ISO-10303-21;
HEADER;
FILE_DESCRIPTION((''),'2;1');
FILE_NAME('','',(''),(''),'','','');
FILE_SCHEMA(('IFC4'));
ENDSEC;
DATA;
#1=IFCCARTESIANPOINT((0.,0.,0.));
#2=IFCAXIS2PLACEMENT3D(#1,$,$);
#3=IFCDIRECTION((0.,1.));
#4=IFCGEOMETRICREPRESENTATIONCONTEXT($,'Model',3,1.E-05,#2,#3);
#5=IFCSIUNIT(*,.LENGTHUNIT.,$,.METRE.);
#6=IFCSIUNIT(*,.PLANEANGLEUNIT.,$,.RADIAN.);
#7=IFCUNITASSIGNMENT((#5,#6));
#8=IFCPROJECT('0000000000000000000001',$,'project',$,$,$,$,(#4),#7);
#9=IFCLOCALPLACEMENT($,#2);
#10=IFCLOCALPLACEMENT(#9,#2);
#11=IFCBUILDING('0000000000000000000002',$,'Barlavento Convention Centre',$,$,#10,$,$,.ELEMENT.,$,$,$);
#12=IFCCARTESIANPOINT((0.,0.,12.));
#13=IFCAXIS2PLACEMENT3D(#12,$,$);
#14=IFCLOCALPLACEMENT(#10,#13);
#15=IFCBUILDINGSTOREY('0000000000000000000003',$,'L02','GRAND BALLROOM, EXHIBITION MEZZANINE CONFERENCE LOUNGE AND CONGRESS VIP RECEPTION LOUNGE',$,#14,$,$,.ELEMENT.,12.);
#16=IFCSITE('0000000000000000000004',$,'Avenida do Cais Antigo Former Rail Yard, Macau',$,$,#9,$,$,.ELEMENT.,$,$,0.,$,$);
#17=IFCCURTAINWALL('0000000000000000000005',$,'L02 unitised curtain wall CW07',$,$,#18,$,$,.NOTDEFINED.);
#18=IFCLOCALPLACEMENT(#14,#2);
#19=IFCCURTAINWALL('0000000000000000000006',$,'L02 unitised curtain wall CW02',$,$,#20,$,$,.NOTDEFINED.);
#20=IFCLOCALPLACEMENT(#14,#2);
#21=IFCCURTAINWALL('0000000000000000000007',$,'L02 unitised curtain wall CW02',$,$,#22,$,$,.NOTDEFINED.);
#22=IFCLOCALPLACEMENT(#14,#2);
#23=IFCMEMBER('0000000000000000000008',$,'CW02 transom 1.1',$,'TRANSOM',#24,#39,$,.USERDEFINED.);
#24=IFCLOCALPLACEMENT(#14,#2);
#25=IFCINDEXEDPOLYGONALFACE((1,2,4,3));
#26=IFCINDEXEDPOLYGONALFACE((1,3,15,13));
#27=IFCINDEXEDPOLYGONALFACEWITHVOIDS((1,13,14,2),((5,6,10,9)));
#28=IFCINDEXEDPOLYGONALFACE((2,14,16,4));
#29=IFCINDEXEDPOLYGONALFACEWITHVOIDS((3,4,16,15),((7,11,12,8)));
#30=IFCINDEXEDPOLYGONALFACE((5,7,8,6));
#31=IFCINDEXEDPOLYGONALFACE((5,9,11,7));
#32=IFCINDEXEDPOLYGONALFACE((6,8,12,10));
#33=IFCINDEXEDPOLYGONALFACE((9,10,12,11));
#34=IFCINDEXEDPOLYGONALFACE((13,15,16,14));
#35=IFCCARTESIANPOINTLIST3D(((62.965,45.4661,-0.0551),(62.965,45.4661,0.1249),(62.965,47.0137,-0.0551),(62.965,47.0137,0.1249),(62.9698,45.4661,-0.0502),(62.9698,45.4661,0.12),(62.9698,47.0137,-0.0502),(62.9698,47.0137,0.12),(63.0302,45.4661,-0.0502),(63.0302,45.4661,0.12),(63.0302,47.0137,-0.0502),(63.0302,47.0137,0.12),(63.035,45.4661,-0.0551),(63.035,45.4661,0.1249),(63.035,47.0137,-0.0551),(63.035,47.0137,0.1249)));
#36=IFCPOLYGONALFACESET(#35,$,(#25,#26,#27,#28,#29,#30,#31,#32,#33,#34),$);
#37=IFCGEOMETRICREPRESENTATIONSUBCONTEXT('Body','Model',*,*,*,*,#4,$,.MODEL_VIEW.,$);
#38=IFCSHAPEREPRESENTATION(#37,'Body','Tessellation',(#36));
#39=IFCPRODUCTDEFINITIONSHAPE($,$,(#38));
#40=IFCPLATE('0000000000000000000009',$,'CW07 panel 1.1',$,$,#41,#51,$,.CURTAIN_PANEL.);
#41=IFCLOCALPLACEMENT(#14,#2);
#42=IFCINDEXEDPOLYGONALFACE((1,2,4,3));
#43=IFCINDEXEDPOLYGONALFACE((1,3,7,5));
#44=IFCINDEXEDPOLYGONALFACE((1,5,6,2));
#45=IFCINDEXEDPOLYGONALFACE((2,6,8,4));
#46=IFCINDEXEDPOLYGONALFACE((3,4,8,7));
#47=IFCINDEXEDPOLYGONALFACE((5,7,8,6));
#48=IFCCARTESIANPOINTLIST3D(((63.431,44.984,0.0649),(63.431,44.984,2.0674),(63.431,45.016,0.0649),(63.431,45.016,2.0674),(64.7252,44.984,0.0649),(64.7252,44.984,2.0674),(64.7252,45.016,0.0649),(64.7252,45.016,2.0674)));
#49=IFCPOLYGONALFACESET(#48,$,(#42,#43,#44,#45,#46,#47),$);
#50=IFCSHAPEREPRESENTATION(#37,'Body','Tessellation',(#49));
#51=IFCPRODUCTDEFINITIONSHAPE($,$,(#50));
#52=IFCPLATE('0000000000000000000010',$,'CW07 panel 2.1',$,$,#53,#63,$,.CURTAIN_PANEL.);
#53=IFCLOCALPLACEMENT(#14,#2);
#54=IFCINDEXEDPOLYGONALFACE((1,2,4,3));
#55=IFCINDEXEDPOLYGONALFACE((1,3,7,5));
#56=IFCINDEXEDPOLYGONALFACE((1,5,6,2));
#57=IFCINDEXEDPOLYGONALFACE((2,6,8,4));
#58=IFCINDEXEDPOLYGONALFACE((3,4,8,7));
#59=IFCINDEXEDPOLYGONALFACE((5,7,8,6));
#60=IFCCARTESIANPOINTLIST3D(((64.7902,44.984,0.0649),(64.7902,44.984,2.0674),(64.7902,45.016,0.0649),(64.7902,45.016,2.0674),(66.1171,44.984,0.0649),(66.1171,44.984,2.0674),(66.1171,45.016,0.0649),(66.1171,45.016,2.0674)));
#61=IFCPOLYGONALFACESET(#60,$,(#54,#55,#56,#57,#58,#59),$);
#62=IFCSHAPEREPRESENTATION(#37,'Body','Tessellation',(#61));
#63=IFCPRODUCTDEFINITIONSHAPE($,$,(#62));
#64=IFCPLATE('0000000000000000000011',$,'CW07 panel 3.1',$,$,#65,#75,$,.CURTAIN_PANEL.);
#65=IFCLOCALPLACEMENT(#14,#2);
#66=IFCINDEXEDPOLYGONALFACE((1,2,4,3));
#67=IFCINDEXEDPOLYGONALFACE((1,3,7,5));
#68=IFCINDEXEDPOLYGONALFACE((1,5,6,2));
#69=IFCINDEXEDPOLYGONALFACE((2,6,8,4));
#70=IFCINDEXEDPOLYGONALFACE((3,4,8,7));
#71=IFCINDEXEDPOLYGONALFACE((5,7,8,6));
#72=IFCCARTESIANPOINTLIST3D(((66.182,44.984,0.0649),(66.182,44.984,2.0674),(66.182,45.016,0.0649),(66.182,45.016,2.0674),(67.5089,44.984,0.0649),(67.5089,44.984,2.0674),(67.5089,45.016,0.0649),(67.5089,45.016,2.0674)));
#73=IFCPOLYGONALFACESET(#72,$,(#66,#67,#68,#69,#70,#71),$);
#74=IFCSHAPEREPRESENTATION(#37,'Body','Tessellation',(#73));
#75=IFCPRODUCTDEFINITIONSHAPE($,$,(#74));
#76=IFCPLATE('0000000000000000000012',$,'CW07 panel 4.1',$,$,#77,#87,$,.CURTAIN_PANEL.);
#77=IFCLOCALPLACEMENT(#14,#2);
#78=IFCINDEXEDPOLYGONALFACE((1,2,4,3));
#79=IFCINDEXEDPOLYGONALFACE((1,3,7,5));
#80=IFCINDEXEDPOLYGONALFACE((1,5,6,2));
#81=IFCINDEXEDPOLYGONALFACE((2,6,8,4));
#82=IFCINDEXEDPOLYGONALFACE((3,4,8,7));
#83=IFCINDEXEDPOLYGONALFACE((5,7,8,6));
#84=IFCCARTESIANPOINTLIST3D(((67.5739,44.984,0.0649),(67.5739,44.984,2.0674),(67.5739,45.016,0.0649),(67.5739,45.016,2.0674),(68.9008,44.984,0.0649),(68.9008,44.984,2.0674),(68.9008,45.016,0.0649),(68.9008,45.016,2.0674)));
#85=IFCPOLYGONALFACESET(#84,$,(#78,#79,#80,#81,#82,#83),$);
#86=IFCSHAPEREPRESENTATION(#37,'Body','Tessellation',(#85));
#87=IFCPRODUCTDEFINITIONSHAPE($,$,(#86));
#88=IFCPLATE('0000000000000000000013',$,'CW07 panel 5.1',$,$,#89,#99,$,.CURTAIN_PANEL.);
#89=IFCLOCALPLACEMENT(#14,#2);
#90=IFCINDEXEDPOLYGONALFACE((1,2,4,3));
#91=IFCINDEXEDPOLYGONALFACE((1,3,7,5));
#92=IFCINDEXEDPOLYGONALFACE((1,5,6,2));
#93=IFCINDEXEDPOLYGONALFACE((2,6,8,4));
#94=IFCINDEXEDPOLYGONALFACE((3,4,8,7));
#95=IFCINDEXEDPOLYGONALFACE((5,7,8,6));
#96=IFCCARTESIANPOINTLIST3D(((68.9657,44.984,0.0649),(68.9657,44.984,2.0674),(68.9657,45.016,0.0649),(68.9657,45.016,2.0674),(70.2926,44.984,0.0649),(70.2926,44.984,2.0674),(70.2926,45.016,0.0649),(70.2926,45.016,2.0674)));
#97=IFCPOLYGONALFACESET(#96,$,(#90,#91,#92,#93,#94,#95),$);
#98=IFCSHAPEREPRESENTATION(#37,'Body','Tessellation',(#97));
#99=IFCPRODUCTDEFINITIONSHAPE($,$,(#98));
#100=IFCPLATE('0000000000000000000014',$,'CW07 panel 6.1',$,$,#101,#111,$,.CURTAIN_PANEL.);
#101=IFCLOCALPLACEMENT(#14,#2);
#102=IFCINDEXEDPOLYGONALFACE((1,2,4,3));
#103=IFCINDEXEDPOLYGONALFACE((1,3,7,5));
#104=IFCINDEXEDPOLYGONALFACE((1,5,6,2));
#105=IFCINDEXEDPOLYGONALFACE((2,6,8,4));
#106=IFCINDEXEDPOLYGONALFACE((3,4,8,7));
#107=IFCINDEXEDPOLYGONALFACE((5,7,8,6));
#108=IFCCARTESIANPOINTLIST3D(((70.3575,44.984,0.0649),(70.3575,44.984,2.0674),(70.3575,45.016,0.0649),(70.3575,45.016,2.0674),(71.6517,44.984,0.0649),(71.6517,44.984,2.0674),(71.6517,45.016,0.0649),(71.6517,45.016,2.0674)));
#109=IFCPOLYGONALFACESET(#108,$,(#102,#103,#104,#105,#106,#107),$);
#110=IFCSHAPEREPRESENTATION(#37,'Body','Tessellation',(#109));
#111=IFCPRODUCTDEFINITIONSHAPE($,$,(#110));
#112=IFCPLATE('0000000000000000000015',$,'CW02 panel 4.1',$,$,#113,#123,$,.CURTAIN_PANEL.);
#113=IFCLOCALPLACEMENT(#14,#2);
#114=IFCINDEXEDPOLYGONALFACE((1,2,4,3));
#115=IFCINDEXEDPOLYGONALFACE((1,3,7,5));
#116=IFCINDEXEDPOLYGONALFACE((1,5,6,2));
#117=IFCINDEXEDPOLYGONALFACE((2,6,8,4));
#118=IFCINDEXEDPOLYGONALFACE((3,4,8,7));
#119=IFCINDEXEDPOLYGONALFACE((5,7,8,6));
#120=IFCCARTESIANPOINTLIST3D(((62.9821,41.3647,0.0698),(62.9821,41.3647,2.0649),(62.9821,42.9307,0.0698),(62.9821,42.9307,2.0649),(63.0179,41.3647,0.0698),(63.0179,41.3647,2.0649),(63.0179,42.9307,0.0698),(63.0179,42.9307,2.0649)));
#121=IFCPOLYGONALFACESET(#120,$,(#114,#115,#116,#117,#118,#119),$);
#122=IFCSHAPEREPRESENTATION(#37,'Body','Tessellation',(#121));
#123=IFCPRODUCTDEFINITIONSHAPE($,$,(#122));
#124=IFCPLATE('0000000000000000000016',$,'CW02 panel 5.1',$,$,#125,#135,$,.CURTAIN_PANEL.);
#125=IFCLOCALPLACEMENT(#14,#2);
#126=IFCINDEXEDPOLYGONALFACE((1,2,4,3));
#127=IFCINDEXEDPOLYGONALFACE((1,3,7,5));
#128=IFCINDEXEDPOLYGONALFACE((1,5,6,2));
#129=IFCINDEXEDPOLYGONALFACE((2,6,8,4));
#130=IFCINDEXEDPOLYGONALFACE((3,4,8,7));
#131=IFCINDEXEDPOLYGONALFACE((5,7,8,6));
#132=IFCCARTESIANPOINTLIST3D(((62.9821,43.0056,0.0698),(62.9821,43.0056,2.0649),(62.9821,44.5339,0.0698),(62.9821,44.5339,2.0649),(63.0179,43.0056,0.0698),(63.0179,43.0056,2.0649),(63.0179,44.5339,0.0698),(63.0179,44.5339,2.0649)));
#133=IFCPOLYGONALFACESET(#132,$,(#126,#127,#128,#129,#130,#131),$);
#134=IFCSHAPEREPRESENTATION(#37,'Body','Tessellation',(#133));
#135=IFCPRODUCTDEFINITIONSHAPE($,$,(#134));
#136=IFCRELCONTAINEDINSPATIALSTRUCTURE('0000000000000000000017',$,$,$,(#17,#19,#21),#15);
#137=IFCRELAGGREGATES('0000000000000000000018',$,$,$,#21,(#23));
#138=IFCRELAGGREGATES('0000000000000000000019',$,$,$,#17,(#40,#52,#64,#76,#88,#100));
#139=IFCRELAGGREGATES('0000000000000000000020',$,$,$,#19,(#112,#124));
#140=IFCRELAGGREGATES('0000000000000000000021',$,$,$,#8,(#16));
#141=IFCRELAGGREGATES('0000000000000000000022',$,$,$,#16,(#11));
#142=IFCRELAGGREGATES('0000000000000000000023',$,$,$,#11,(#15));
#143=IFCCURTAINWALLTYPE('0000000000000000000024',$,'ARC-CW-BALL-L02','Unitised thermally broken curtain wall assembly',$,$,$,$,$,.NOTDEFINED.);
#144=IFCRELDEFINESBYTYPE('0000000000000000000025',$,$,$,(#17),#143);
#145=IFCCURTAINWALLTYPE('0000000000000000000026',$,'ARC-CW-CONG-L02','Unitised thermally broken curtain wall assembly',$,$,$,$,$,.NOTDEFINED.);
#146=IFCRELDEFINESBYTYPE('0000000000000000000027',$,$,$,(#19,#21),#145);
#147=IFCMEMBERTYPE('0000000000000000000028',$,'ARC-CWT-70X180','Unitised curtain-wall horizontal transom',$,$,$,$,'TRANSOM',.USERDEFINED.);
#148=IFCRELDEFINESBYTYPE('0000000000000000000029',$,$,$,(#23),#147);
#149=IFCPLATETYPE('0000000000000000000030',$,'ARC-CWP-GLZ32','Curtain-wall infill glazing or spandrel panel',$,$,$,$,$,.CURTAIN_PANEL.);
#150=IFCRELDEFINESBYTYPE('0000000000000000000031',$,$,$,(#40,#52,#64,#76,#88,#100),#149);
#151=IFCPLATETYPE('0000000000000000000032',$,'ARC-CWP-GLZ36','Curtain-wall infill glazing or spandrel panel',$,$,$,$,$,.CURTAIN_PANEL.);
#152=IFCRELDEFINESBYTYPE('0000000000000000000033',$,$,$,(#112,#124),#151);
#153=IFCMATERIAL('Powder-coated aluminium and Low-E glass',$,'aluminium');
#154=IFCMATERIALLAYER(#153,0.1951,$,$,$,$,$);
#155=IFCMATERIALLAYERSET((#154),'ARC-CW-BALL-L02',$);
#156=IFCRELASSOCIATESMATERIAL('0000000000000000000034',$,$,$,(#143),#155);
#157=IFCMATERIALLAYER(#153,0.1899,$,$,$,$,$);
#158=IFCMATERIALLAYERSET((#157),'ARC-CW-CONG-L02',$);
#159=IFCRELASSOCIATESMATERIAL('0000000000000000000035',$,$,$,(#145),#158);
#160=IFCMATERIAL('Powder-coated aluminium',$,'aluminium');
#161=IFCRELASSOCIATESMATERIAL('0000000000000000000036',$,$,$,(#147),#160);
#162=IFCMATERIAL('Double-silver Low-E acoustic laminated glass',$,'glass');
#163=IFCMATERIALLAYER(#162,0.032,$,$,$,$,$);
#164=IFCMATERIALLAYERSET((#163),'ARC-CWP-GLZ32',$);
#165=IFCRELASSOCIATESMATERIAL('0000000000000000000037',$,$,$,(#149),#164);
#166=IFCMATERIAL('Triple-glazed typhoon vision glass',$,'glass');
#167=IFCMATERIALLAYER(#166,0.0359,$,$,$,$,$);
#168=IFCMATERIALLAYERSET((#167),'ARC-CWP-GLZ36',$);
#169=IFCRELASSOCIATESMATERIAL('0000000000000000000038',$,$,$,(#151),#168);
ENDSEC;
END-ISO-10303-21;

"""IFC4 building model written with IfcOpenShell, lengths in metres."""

from ifc_helpers import new_model, si_unit, direction, frame, origin, origin_2d, place, context, subcontext, project, spatial, rectangle, hollow_rectangle, extrude, material, layer, layer_set, material_profile, profile_set, type_object, element, aggregate, save


model = new_model("IFC4")

# Units and contexts
model_context = context("Model", 3, precision=1e-05, world=origin(), true_north=direction((0.0, 1.0)))
body_context = subcontext(model_context, "Body", "Model", "MODEL_VIEW")
ifc_project = project(units=[si_unit("LENGTHUNIT", "METRE"), si_unit("PLANEANGLEUNIT", "RADIAN")], contexts=[model_context])

# Site, building, storey
site_placement = place(None, origin())
site = spatial("IfcSite", under=ifc_project, at=site_placement, Name="Avenida do Cais Antigo Former Rail Yard, Macau", CompositionType="ELEMENT", RefElevation=0.0)
building_placement = place(site_placement, origin())
building = spatial("IfcBuilding", under=site, at=building_placement, Name="Barlavento Convention Centre", CompositionType="ELEMENT")
storey_placement = place(building_placement, frame((0.0, 0.0, 12.0)))
storey = spatial("IfcBuildingStorey", under=building, at=storey_placement, Name="L02", Description="GRAND BALLROOM, EXHIBITION MEZZANINE CONFERENCE LOUNGE AND CONGRESS VIP RECEPTION LOUNGE", CompositionType="ELEMENT", Elevation=12.0)

# Curtain walls
ifc_material_1 = material(Name="Powder-coated aluminium and Low-E glass", Category="aluminium")
ifc_layer_1 = layer(ifc_material_1, 0.1951)
ifc_layer_set_1 = layer_set([ifc_layer_1], Name="ARC-CW-BALL-L02")
curtain_wall_type_1 = type_object("IfcCurtainWallType", Name="ARC-CW-BALL-L02", Description="Unitised thermally broken curtain wall assembly", PredefinedType="NOTDEFINED", material=ifc_layer_set_1)
curtain_wall_1_placement = place(storey_placement, origin())
curtain_wall_1 = element("IfcCurtainWall", 1, at=curtain_wall_1_placement, inside=storey, type_object=curtain_wall_type_1, Name="L02 unitised curtain wall CW07", PredefinedType="NOTDEFINED")
ifc_material_2 = material(Name="Powder-coated aluminium", Category="aluminium")
ifc_layer_2 = layer(ifc_material_1, 0.1899)
ifc_layer_set_2 = layer_set([ifc_layer_2], Name="ARC-CW-CONG-L02")
curtain_wall_type_2 = type_object("IfcCurtainWallType", Name="ARC-CW-CONG-L02", Description="Unitised thermally broken curtain wall assembly", PredefinedType="NOTDEFINED", material=ifc_layer_set_2)
curtain_wall_2_placement = place(storey_placement, origin())
curtain_wall_2 = element("IfcCurtainWall", 2, at=curtain_wall_2_placement, inside=storey, type_object=curtain_wall_type_2, Name="L02 unitised curtain wall CW02", PredefinedType="NOTDEFINED")
ifc_material_profile_1 = material_profile(ifc_material_2, hollow_rectangle(XDim=0.0701, YDim=0.1799, WallThickness=0.0049, at=origin_2d()), Name="AL-TRAN 70x180x5")
ifc_profile_set_1 = profile_set([ifc_material_profile_1], Name="Powder-coated aluminium")
member_type_1 = type_object("IfcMemberType", Name="ARC-CWT-70X180", Description="Unitised curtain-wall horizontal transom", ElementType="TRANSOM", PredefinedType="USERDEFINED", material=ifc_profile_set_1)

# Curtain wall, member
curtain_wall_3_placement = place(storey_placement, origin())
curtain_wall_3 = element("IfcCurtainWall", 3, at=curtain_wall_3_placement, inside=storey, type_object=curtain_wall_type_2, Name="L02 unitised curtain wall CW02", PredefinedType="NOTDEFINED")
member_1_placement = place(storey_placement, frame((63.0, 45.4661, 0.0349), z_axis=(0.0, 1.0, 0.0), x_axis=(-1.0, 0.0, 0.0)))
member_1 = element("IfcMember", 4, at=member_1_placement, type_object=member_type_1, Name="CW02 transom 1.1", ObjectType="TRANSOM", PredefinedType="USERDEFINED", context=body_context, shape_type="SweptSolid", body=[
    extrude(hollow_rectangle(XDim=0.0701, YDim=0.1799, WallThickness=0.0049, at=origin_2d()), origin(), (0.0, 0.0, 1.0), 1.5476),
])
aggregate(curtain_wall_3, [member_1])

# Plates
ifc_material_3 = material(Name="Double-silver Low-E acoustic laminated glass", Category="glass")
ifc_layer_3 = layer(ifc_material_3, 0.032)
ifc_layer_set_3 = layer_set([ifc_layer_3], Name="ARC-CWP-GLZ32")
plate_type_1 = type_object("IfcPlateType", Name="ARC-CWP-GLZ32", Description="Curtain-wall infill glazing or spandrel panel", PredefinedType="CURTAIN_PANEL", material=ifc_layer_set_3)
plate_1_placement = place(storey_placement, frame((64.0781, 45.0, 0.0649), z_axis=(0.0, 0.0, 1.0), x_axis=(1.0, 0.0, 0.0)))
plate_1 = element("IfcPlate", 5, at=plate_1_placement, type_object=plate_type_1, Name="CW07 panel 1.1", PredefinedType="CURTAIN_PANEL", context=body_context, shape_type="SweptSolid", body=[
    extrude(rectangle(XDim=1.2942, YDim=0.032, at=origin_2d()), origin(), (0.0, 0.0, 1.0), 2.0024),
])
plate_2_placement = place(storey_placement, frame((65.4536, 45.0, 0.0649), z_axis=(0.0, 0.0, 1.0), x_axis=(1.0, 0.0, 0.0)))
plate_2 = element("IfcPlate", 6, at=plate_2_placement, type_object=plate_type_1, Name="CW07 panel 2.1", PredefinedType="CURTAIN_PANEL", context=body_context, shape_type="SweptSolid", body=[
    extrude(rectangle(XDim=1.3269, YDim=0.032, at=origin_2d()), origin(), (0.0, 0.0, 1.0), 2.0024),
])
plate_3_placement = place(storey_placement, frame((66.8455, 45.0, 0.0649), z_axis=(0.0, 0.0, 1.0), x_axis=(1.0, 0.0, 0.0)))
plate_3 = element("IfcPlate", 7, at=plate_3_placement, type_object=plate_type_1, Name="CW07 panel 3.1", PredefinedType="CURTAIN_PANEL", context=body_context, shape_type="SweptSolid", body=[
    extrude(rectangle(XDim=1.3269, YDim=0.032, at=origin_2d()), origin(), (0.0, 0.0, 1.0), 2.0024),
])
plate_4_placement = place(storey_placement, frame((68.2373, 45.0, 0.0649), z_axis=(0.0, 0.0, 1.0), x_axis=(1.0, 0.0, 0.0)))
plate_4 = element("IfcPlate", 8, at=plate_4_placement, type_object=plate_type_1, Name="CW07 panel 4.1", PredefinedType="CURTAIN_PANEL", context=body_context, shape_type="SweptSolid", body=[
    extrude(rectangle(XDim=1.3269, YDim=0.032, at=origin_2d()), origin(), (0.0, 0.0, 1.0), 2.0024),
])
plate_5_placement = place(storey_placement, frame((69.6292, 45.0, 0.0649), z_axis=(0.0, 0.0, 1.0), x_axis=(1.0, 0.0, 0.0)))
plate_5 = element("IfcPlate", 9, at=plate_5_placement, type_object=plate_type_1, Name="CW07 panel 5.1", PredefinedType="CURTAIN_PANEL", context=body_context, shape_type="SweptSolid", body=[
    extrude(rectangle(XDim=1.3269, YDim=0.032, at=origin_2d()), origin(), (0.0, 0.0, 1.0), 2.0024),
])
plate_6_placement = place(storey_placement, frame((71.0046, 45.0, 0.0649), z_axis=(0.0, 0.0, 1.0), x_axis=(1.0, 0.0, 0.0)))
plate_6 = element("IfcPlate", 10, at=plate_6_placement, type_object=plate_type_1, Name="CW07 panel 6.1", PredefinedType="CURTAIN_PANEL", context=body_context, shape_type="SweptSolid", body=[
    extrude(rectangle(XDim=1.2942, YDim=0.032, at=origin_2d()), origin(), (0.0, 0.0, 1.0), 2.0024),
])
aggregate(curtain_wall_1, [plate_1, plate_2, plate_3, plate_4, plate_5, plate_6])
ifc_material_4 = material(Name="Triple-glazed typhoon vision glass", Category="glass")
ifc_layer_4 = layer(ifc_material_4, 0.0359)
ifc_layer_set_4 = layer_set([ifc_layer_4], Name="ARC-CWP-GLZ36")
plate_type_2 = type_object("IfcPlateType", Name="ARC-CWP-GLZ36", Description="Curtain-wall infill glazing or spandrel panel", PredefinedType="CURTAIN_PANEL", material=ifc_layer_set_4)
plate_7_placement = place(storey_placement, frame((63.0, 42.1477, 0.0698), z_axis=(0.0, 0.0, 1.0), x_axis=(0.0, 1.0, 0.0)))
plate_7 = element("IfcPlate", 11, at=plate_7_placement, type_object=plate_type_2, Name="CW02 panel 4.1", PredefinedType="CURTAIN_PANEL", context=body_context, shape_type="SweptSolid", body=[
    extrude(rectangle(XDim=1.5659, YDim=0.0359, at=origin_2d()), origin(), (0.0, 0.0, 1.0), 1.9951),
])
plate_8_placement = place(storey_placement, frame((63.0, 43.7698, 0.0698), z_axis=(0.0, 0.0, 1.0), x_axis=(0.0, 1.0, 0.0)))
plate_8 = element("IfcPlate", 12, at=plate_8_placement, type_object=plate_type_2, Name="CW02 panel 5.1", PredefinedType="CURTAIN_PANEL", context=body_context, shape_type="SweptSolid", body=[
    extrude(rectangle(XDim=1.5283, YDim=0.0359, at=origin_2d()), origin(), (0.0, 0.0, 1.0), 1.9951),
])
aggregate(curtain_wall_2, [plate_7, plate_8])

save(model, "model.ifc")
